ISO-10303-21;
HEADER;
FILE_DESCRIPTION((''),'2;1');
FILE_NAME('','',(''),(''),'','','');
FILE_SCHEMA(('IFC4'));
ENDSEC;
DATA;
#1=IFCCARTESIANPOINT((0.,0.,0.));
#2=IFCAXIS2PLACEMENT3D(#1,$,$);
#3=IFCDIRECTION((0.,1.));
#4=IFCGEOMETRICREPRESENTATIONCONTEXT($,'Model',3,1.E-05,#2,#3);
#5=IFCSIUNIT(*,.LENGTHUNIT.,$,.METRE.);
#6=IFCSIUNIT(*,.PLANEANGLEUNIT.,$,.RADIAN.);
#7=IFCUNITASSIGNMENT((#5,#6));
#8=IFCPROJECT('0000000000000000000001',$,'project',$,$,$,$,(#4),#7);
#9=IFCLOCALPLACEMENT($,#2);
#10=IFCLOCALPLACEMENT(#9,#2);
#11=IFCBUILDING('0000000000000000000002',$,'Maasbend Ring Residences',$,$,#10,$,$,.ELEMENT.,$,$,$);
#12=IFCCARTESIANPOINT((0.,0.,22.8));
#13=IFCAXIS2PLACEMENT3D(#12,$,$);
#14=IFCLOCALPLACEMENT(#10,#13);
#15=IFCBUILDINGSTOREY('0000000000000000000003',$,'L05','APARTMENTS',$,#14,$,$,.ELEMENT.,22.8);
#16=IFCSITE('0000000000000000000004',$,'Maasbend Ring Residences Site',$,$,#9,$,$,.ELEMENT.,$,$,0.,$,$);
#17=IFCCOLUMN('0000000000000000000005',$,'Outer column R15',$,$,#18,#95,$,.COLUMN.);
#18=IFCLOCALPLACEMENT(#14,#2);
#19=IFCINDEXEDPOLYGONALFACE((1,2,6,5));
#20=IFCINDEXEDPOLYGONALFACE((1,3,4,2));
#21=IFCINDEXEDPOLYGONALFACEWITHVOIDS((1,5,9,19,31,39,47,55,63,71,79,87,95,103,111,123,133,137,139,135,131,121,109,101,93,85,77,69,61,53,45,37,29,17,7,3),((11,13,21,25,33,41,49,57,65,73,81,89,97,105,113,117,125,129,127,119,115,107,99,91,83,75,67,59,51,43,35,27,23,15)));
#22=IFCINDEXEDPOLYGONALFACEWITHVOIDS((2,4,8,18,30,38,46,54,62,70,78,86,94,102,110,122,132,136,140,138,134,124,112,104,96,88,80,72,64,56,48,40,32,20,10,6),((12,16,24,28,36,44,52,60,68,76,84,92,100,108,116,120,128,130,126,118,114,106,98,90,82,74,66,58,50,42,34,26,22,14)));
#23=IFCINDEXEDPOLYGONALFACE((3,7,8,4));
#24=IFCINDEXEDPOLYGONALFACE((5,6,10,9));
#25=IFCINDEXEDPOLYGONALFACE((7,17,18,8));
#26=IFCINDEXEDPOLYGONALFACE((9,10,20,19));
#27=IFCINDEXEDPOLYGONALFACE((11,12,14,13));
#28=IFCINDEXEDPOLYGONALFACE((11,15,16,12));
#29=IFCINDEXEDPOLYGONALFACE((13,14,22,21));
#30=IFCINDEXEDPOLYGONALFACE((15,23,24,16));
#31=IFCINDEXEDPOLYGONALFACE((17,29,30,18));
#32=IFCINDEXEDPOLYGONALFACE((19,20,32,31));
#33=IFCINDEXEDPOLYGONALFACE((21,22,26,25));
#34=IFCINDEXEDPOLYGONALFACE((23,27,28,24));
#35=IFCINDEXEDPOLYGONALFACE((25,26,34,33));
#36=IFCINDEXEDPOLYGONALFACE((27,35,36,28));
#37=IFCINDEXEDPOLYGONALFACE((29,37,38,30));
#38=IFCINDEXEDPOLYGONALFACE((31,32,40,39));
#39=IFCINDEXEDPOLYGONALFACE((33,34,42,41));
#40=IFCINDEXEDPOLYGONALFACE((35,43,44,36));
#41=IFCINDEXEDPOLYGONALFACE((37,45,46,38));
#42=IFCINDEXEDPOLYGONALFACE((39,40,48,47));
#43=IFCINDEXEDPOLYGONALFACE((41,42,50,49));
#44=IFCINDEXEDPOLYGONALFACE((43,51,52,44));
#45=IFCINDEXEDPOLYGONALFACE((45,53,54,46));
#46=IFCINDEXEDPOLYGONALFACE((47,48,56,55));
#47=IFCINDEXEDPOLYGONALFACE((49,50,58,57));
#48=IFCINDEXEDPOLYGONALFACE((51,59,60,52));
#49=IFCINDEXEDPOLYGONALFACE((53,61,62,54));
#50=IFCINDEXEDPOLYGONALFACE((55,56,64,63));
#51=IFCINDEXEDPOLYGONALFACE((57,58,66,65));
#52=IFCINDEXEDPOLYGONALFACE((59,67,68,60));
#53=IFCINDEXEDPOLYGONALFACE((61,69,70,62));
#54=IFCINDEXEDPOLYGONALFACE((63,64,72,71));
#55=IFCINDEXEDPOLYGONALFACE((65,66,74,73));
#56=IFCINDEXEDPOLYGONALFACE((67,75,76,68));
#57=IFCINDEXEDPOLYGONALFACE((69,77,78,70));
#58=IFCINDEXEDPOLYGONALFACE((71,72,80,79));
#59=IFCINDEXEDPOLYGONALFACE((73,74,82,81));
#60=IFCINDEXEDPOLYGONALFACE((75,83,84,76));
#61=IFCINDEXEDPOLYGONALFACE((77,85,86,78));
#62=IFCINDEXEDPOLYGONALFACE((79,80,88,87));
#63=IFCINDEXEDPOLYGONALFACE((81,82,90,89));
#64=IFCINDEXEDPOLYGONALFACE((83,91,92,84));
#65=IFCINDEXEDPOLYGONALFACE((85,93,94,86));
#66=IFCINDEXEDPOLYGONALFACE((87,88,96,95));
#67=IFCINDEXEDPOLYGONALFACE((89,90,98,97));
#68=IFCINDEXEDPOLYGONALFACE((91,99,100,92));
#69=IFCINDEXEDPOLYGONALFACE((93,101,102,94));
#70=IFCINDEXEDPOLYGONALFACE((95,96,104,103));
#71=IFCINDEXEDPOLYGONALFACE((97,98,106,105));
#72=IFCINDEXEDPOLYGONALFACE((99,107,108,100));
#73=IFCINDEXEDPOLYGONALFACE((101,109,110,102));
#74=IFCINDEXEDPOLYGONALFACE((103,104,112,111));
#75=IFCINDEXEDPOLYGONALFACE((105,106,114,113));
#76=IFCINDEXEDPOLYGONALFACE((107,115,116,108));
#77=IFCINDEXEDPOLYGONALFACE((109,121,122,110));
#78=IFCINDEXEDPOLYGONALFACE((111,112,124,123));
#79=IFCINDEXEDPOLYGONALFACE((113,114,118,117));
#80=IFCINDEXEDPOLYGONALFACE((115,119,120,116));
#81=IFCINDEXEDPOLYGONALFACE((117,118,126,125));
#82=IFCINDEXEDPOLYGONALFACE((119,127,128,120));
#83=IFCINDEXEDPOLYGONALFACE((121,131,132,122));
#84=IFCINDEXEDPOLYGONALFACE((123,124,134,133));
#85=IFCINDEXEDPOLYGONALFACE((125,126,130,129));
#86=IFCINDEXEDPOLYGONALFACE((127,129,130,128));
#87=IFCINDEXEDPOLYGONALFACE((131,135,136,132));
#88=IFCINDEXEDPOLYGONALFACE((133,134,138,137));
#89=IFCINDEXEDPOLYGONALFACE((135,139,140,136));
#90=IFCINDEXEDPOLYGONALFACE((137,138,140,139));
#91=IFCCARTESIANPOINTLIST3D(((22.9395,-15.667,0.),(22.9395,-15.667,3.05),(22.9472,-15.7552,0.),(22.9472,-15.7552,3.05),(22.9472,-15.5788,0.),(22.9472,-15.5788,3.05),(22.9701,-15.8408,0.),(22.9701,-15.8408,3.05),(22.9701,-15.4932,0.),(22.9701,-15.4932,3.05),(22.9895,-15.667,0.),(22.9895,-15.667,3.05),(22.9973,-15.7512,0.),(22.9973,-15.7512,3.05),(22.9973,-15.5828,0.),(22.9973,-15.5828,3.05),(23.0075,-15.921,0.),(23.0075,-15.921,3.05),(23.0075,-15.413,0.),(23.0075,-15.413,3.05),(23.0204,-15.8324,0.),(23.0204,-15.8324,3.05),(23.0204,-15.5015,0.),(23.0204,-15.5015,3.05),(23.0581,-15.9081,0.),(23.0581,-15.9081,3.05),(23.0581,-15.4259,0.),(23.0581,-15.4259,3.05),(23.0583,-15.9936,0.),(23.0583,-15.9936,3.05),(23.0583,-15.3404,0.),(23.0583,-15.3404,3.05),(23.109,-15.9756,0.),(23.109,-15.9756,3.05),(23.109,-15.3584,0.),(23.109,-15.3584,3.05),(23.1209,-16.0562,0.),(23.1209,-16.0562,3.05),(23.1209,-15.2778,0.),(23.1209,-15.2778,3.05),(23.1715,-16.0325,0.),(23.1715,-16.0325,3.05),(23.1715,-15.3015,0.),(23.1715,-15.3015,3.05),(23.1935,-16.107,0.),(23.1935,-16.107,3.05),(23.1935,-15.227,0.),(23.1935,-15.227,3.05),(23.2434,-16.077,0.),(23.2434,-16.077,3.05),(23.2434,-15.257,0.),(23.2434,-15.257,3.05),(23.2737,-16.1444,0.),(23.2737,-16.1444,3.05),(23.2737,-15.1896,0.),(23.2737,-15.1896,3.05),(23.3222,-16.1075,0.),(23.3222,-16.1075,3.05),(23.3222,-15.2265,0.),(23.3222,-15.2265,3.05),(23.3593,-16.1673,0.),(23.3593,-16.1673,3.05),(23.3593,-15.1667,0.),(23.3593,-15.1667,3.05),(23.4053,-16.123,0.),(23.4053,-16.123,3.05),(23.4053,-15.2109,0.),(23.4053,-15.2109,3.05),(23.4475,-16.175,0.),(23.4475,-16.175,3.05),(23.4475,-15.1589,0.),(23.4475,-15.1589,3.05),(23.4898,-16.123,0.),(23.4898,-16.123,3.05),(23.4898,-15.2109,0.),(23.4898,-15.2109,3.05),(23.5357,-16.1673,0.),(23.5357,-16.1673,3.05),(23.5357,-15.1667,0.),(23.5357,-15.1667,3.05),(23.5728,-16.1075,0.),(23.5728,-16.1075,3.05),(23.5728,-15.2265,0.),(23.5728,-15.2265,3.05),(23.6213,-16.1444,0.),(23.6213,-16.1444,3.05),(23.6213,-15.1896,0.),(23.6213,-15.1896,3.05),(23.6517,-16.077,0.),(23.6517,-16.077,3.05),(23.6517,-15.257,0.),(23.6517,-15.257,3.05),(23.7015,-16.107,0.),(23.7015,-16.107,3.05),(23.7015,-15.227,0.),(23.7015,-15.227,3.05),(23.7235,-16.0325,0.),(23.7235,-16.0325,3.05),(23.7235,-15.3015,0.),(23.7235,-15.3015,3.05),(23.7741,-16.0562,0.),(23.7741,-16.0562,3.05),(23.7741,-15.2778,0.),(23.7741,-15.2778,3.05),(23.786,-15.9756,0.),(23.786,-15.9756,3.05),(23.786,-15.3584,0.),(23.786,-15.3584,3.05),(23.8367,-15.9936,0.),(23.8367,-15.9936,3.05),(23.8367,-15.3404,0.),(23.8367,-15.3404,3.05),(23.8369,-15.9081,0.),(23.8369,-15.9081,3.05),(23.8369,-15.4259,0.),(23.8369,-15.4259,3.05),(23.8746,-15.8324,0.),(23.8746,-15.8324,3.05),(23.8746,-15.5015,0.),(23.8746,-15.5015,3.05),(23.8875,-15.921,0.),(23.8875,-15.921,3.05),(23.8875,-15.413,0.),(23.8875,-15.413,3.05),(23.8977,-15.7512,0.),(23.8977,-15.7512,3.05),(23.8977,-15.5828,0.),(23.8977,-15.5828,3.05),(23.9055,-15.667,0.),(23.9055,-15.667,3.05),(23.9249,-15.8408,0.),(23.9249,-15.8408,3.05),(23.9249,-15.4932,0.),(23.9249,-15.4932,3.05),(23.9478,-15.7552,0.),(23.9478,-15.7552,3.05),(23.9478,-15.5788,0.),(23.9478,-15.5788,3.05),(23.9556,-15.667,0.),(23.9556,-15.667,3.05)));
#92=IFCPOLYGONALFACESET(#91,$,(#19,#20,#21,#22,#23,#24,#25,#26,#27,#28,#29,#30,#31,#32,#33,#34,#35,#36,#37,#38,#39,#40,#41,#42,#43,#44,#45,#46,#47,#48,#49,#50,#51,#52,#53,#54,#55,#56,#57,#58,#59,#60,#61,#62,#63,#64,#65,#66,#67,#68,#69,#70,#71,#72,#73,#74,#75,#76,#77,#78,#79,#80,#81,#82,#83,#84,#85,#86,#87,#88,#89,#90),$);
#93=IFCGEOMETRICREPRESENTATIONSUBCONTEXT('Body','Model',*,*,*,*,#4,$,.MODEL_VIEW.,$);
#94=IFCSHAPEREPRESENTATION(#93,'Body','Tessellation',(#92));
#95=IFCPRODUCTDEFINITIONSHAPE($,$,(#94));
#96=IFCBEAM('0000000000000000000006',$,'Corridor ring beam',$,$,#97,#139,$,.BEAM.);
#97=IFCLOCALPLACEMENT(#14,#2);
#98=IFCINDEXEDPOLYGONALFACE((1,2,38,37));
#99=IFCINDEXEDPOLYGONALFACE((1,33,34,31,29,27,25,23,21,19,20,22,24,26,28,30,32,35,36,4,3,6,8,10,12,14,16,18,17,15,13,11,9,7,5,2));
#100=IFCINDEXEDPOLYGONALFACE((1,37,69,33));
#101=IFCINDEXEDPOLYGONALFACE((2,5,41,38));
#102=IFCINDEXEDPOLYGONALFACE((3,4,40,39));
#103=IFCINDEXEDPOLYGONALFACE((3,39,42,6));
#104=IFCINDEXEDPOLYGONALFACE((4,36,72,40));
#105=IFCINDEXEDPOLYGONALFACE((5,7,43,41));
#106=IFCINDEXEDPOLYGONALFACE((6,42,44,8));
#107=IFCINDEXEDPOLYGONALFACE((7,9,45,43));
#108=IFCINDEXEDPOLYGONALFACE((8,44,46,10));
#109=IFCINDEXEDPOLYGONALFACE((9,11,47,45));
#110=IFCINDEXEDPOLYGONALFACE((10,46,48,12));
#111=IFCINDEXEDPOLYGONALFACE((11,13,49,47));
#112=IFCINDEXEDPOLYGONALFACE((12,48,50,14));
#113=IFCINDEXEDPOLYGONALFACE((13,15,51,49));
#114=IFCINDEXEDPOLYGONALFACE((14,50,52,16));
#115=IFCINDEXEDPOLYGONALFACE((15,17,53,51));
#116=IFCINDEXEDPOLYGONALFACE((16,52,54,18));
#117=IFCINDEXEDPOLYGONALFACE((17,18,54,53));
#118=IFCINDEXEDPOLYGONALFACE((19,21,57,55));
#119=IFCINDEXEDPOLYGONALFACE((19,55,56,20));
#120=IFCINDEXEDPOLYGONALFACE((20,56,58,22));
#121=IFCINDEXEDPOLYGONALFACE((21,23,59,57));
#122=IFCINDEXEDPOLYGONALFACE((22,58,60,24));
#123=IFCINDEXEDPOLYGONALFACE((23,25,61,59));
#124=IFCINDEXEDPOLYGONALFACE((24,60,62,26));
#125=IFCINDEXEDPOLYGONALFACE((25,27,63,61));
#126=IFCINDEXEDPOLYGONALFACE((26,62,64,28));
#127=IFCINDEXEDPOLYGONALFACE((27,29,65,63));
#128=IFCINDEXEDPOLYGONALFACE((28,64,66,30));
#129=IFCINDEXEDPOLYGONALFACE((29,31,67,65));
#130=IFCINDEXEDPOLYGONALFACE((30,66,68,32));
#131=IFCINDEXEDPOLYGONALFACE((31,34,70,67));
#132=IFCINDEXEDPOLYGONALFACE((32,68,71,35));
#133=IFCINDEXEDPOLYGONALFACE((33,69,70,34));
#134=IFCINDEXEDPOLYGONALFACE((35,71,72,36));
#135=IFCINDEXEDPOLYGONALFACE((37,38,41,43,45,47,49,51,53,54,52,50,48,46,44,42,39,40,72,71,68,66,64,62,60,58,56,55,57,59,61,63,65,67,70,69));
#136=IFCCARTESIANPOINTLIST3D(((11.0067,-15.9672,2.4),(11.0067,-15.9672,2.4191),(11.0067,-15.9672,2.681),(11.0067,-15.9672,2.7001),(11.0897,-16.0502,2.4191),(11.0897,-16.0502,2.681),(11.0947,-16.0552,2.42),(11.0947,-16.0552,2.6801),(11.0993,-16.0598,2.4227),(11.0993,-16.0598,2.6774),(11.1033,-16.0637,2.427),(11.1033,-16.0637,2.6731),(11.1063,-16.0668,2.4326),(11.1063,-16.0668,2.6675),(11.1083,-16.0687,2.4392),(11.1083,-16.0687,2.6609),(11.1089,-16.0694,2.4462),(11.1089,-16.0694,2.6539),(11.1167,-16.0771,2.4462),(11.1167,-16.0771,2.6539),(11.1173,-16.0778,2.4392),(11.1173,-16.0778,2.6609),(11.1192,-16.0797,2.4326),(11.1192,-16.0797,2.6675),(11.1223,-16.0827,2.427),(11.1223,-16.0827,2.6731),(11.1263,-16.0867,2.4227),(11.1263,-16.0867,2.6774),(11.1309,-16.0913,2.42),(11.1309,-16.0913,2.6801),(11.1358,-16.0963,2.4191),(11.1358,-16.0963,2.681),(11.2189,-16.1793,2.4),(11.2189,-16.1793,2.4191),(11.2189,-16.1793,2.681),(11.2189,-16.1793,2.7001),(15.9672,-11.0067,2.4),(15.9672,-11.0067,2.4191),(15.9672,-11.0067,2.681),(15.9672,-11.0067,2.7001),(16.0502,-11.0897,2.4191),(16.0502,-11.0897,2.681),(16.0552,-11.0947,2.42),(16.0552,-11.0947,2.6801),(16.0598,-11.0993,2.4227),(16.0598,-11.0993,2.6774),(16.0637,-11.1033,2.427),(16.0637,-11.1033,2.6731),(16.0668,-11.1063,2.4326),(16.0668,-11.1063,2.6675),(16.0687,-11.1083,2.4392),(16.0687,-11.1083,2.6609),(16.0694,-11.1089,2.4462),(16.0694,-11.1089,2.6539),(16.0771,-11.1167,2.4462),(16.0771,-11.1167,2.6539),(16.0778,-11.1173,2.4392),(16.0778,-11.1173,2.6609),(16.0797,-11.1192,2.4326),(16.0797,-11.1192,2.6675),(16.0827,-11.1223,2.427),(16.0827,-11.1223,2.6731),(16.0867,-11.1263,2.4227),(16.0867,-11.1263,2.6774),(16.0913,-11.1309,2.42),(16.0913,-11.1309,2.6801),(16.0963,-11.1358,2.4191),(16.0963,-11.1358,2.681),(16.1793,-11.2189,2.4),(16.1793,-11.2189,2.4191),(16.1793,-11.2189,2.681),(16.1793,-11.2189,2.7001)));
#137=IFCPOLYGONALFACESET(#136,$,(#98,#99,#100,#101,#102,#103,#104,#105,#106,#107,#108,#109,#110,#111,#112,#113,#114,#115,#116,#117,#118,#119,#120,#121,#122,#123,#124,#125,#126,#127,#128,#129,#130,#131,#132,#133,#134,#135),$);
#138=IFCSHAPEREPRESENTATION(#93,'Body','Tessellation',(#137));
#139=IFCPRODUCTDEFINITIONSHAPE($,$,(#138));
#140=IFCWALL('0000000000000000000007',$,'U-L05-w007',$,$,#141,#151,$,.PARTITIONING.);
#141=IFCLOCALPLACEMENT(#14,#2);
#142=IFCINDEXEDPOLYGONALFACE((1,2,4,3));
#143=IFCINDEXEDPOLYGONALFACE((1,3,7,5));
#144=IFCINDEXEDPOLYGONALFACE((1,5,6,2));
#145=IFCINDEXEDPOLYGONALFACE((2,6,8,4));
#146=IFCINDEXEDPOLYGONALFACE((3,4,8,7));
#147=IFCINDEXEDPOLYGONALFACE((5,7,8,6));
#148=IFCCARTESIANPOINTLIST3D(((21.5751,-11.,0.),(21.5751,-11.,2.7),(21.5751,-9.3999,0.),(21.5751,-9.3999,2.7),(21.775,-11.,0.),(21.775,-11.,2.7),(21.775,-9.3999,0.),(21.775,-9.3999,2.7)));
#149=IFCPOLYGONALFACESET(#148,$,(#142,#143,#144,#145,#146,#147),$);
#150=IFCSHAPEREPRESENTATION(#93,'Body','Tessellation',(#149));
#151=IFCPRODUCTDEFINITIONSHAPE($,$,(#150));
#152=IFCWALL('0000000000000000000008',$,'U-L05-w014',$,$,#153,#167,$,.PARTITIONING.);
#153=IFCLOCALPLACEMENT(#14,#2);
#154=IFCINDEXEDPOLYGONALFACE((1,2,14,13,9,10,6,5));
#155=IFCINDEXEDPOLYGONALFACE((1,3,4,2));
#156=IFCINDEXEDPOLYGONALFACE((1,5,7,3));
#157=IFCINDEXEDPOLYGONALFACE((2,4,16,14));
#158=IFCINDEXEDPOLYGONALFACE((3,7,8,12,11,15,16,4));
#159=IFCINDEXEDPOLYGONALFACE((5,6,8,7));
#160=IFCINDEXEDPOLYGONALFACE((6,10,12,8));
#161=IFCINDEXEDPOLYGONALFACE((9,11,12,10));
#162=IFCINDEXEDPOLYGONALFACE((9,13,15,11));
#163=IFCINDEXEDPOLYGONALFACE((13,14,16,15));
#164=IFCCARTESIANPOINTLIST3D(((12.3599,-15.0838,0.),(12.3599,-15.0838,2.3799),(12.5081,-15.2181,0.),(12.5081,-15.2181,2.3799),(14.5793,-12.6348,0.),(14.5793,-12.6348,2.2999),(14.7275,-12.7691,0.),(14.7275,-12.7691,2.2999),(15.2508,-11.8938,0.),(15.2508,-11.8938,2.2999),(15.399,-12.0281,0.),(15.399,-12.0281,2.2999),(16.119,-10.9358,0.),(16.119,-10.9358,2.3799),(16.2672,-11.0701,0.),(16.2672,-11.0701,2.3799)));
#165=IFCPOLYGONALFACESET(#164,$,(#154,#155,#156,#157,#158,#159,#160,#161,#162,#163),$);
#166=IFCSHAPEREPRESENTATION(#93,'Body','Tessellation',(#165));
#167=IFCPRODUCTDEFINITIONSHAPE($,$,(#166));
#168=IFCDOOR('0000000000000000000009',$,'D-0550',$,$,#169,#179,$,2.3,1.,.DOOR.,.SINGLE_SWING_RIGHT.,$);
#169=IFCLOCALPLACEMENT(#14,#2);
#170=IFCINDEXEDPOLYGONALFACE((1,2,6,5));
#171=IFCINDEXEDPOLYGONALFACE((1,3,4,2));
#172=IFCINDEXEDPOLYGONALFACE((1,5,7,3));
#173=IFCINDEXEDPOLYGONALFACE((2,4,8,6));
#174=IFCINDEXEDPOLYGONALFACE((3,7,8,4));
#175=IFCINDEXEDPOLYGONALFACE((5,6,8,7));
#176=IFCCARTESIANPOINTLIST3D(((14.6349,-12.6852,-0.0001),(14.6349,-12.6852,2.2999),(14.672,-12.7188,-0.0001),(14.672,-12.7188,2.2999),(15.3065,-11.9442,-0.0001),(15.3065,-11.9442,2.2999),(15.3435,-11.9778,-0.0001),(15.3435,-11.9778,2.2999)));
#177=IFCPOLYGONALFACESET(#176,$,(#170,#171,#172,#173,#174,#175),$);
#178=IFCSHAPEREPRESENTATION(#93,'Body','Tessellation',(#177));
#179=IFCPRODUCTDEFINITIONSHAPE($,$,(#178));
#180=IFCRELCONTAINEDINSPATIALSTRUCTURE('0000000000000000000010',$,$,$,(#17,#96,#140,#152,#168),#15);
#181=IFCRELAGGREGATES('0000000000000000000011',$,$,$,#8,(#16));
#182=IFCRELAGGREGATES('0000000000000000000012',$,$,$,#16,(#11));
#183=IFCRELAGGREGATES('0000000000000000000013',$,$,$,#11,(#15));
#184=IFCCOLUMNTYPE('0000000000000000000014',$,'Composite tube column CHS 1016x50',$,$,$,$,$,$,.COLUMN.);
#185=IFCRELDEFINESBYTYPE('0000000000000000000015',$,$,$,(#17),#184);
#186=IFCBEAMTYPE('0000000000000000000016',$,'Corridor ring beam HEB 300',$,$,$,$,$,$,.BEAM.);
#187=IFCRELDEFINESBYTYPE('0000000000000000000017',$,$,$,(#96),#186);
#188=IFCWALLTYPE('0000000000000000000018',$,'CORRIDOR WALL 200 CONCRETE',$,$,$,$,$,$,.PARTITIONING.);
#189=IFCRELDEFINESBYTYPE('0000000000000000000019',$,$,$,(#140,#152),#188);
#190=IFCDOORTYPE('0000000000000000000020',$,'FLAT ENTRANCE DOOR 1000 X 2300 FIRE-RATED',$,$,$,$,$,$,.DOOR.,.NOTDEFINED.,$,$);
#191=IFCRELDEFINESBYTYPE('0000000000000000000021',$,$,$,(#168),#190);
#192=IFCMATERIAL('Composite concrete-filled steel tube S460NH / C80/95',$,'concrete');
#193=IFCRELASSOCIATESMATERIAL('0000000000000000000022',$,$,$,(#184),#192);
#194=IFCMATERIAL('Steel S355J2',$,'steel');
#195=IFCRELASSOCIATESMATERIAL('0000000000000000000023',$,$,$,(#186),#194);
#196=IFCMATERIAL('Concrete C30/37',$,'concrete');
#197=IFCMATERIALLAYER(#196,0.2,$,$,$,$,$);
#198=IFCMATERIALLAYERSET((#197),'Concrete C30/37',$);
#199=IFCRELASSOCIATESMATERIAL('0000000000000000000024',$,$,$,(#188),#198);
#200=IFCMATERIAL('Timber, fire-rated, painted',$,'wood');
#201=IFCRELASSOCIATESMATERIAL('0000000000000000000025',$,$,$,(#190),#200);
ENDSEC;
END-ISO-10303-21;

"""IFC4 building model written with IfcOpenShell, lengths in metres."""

from ifc_helpers import new_model, si_unit, direction, frame, frame_2d, origin, origin_2d, place, context, subcontext, project, spatial, rectangle, hollow_circle, i_section, extrude, material, layer, layer_set, material_profile, profile_set, type_object, element, fill, save


model = new_model("IFC4")

# Units and contexts
model_context = context("Model", 3, precision=1e-05, world=origin(), true_north=direction((0.0, 1.0)))
body_context = subcontext(model_context, "Body", "Model", "MODEL_VIEW")
ifc_project = project(units=[si_unit("LENGTHUNIT", "METRE"), si_unit("PLANEANGLEUNIT", "RADIAN")], contexts=[model_context])

# Site, building, storey
site_placement = place(None, origin())
site = spatial("IfcSite", under=ifc_project, at=site_placement, Name="Maasbend Ring Residences Site", CompositionType="ELEMENT", RefElevation=0.0)
building_placement = place(site_placement, origin())
building = spatial("IfcBuilding", under=site, at=building_placement, Name="Maasbend Ring Residences", CompositionType="ELEMENT")
storey_placement = place(building_placement, frame((0.0, 0.0, 22.8)))
storey = spatial("IfcBuildingStorey", under=building, at=storey_placement, Name="L05", Description="APARTMENTS", CompositionType="ELEMENT", Elevation=22.8)

# Column
ifc_material_1 = material(Name="Composite concrete-filled steel tube S460NH / C80/95", Category="concrete")
ifc_material_profile_1 = material_profile(ifc_material_1, hollow_circle(Radius=0.5081, WallThickness=0.05, at=origin_2d()), Name="Composite tube column CHS 1016x50")
ifc_profile_set_1 = profile_set([ifc_material_profile_1], Name="Composite concrete-filled steel tube S460NH / C80/95")
column_type = type_object("IfcColumnType", Name="Composite tube column CHS 1016x50", PredefinedType="COLUMN", material=ifc_profile_set_1)
column_placement = place(storey_placement, frame((23.4475, -15.667, 0.0), z_axis=(0.0, 0.0, 1.0), x_axis=(1.0, 0.0, 0.0)))
element("IfcColumn", 1, at=column_placement, inside=storey, type_object=column_type, Name="Outer column R15", PredefinedType="COLUMN", context=body_context, shape_type="SweptSolid", body=[
    extrude(hollow_circle(Radius=0.5081, WallThickness=0.05, at=origin_2d()), origin(), (0.0, 0.0, 1.0), 3.05),
])

# Beam
ifc_material_2 = material(Name="Steel S355J2", Category="steel")
ifc_material_profile_2 = material_profile(ifc_material_2, i_section(OverallWidth=0.3, OverallDepth=0.3, WebThickness=0.011, FlangeThickness=0.019, FilletRadius=0.0271, at=origin_2d()), Name="HEB 300")
ifc_profile_set_2 = profile_set([ifc_material_profile_2], Name="Steel S355J2")
beam_type = type_object("IfcBeamType", Name="Corridor ring beam HEB 300", PredefinedType="BEAM", material=ifc_profile_set_2)
beam_placement = place(storey_placement, frame((11.1128, -16.0732, 2.55), z_axis=(0.707107, 0.707107, 0.0), x_axis=(-0.707107, 0.707107, 0.0)))
element("IfcBeam", 2, at=beam_placement, inside=storey, type_object=beam_type, Name="Corridor ring beam", PredefinedType="BEAM", context=body_context, shape_type="SweptSolid", body=[
    extrude(i_section(OverallWidth=0.3, OverallDepth=0.3, WebThickness=0.011, FlangeThickness=0.019, FilletRadius=0.0271, at=origin_2d()), origin(), (0.0, 0.0, 1.0), 7.0151),
])

# Wall
ifc_material_3 = material(Name="Concrete C30/37", Category="concrete")
ifc_layer_1 = layer(ifc_material_3, 0.2)
ifc_layer_set_1 = layer_set([ifc_layer_1], Name="Concrete C30/37")
wall_type_1 = type_object("IfcWallType", Name="CORRIDOR WALL 200 CONCRETE", PredefinedType="PARTITIONING", material=ifc_layer_set_1)
wall_1_placement = place(storey_placement, frame((21.675, -11.0, 0.0), z_axis=(0.0, 0.0, 1.0), x_axis=(0.0, 1.0, 0.0)))
element("IfcWall", 3, at=wall_1_placement, inside=storey, type_object=wall_type_1, Name="U-L05-w007", PredefinedType="PARTITIONING", context=body_context, shape_type="SweptSolid", body=[
    extrude(rectangle(XDim=1.6001, YDim=0.2, at=frame_2d((0.8, 0.0))), origin(), (0.0, 0.0, 1.0), 2.7),
])

# Wall, opening, door
wall_2_placement = place(storey_placement, frame((12.4341, -15.1509, 0.0), z_axis=(0.0, 0.0, 1.0), x_axis=(0.671515, 0.740991, 0.0)))
wall_2 = element("IfcWall", 4, at=wall_2_placement, inside=storey, type_object=wall_type_1, Name="U-L05-w014", PredefinedType="PARTITIONING", context=body_context, shape_type="SweptSolid", body=[
    extrude(rectangle(XDim=5.5979, YDim=0.2, at=frame_2d((2.7988, 0.0))), origin(), (0.0, 0.0, 1.0), 2.3799),
])
opening_1_placement = place(wall_2_placement, frame((3.3049, 0.0, 0.0)))
opening_1 = element("IfcOpeningElement", 5, at=opening_1_placement, cuts=wall_2, PredefinedType="OPENING", context=body_context, shape_type="SweptSolid", body=[
    extrude(rectangle(XDim=1.0, YDim=2.3, at=frame_2d((0.5, 1.1499))), frame((0.0, 0.1099, 0.0), z_axis=(0.0, -1.0, 0.0), x_axis=(1.0, 0.0, 0.0)), (0.0, 0.0, 1.0), 0.22),
])
ifc_material_4 = material(Name="Timber, fire-rated, painted", Category="wood")
door_type_1 = type_object("IfcDoorType", Name="FLAT ENTRANCE DOOR 1000 X 2300 FIRE-RATED", OperationType="NOTDEFINED", PredefinedType="DOOR", material=ifc_material_4)
door_1_placement = place(opening_1_placement, origin())
door_1 = element("IfcDoor", 6, at=door_1_placement, inside=storey, type_object=door_type_1, Name="D-0550", OperationType="SINGLE_SWING_RIGHT", OverallHeight=2.3, OverallWidth=1.0, PredefinedType="DOOR", context=body_context, shape_type="SweptSolid", body=[
    extrude(rectangle(XDim=1.0, YDim=2.3, at=frame_2d((0.5, 1.1499))), frame((0.0, 0.0249, 0.0), z_axis=(0.0, -1.0, 0.0), x_axis=(1.0, 0.0, 0.0)), (0.0, 0.0, 1.0), 0.05),
])
fill(opening_1, door_1)

save(model, "model.ifc")
